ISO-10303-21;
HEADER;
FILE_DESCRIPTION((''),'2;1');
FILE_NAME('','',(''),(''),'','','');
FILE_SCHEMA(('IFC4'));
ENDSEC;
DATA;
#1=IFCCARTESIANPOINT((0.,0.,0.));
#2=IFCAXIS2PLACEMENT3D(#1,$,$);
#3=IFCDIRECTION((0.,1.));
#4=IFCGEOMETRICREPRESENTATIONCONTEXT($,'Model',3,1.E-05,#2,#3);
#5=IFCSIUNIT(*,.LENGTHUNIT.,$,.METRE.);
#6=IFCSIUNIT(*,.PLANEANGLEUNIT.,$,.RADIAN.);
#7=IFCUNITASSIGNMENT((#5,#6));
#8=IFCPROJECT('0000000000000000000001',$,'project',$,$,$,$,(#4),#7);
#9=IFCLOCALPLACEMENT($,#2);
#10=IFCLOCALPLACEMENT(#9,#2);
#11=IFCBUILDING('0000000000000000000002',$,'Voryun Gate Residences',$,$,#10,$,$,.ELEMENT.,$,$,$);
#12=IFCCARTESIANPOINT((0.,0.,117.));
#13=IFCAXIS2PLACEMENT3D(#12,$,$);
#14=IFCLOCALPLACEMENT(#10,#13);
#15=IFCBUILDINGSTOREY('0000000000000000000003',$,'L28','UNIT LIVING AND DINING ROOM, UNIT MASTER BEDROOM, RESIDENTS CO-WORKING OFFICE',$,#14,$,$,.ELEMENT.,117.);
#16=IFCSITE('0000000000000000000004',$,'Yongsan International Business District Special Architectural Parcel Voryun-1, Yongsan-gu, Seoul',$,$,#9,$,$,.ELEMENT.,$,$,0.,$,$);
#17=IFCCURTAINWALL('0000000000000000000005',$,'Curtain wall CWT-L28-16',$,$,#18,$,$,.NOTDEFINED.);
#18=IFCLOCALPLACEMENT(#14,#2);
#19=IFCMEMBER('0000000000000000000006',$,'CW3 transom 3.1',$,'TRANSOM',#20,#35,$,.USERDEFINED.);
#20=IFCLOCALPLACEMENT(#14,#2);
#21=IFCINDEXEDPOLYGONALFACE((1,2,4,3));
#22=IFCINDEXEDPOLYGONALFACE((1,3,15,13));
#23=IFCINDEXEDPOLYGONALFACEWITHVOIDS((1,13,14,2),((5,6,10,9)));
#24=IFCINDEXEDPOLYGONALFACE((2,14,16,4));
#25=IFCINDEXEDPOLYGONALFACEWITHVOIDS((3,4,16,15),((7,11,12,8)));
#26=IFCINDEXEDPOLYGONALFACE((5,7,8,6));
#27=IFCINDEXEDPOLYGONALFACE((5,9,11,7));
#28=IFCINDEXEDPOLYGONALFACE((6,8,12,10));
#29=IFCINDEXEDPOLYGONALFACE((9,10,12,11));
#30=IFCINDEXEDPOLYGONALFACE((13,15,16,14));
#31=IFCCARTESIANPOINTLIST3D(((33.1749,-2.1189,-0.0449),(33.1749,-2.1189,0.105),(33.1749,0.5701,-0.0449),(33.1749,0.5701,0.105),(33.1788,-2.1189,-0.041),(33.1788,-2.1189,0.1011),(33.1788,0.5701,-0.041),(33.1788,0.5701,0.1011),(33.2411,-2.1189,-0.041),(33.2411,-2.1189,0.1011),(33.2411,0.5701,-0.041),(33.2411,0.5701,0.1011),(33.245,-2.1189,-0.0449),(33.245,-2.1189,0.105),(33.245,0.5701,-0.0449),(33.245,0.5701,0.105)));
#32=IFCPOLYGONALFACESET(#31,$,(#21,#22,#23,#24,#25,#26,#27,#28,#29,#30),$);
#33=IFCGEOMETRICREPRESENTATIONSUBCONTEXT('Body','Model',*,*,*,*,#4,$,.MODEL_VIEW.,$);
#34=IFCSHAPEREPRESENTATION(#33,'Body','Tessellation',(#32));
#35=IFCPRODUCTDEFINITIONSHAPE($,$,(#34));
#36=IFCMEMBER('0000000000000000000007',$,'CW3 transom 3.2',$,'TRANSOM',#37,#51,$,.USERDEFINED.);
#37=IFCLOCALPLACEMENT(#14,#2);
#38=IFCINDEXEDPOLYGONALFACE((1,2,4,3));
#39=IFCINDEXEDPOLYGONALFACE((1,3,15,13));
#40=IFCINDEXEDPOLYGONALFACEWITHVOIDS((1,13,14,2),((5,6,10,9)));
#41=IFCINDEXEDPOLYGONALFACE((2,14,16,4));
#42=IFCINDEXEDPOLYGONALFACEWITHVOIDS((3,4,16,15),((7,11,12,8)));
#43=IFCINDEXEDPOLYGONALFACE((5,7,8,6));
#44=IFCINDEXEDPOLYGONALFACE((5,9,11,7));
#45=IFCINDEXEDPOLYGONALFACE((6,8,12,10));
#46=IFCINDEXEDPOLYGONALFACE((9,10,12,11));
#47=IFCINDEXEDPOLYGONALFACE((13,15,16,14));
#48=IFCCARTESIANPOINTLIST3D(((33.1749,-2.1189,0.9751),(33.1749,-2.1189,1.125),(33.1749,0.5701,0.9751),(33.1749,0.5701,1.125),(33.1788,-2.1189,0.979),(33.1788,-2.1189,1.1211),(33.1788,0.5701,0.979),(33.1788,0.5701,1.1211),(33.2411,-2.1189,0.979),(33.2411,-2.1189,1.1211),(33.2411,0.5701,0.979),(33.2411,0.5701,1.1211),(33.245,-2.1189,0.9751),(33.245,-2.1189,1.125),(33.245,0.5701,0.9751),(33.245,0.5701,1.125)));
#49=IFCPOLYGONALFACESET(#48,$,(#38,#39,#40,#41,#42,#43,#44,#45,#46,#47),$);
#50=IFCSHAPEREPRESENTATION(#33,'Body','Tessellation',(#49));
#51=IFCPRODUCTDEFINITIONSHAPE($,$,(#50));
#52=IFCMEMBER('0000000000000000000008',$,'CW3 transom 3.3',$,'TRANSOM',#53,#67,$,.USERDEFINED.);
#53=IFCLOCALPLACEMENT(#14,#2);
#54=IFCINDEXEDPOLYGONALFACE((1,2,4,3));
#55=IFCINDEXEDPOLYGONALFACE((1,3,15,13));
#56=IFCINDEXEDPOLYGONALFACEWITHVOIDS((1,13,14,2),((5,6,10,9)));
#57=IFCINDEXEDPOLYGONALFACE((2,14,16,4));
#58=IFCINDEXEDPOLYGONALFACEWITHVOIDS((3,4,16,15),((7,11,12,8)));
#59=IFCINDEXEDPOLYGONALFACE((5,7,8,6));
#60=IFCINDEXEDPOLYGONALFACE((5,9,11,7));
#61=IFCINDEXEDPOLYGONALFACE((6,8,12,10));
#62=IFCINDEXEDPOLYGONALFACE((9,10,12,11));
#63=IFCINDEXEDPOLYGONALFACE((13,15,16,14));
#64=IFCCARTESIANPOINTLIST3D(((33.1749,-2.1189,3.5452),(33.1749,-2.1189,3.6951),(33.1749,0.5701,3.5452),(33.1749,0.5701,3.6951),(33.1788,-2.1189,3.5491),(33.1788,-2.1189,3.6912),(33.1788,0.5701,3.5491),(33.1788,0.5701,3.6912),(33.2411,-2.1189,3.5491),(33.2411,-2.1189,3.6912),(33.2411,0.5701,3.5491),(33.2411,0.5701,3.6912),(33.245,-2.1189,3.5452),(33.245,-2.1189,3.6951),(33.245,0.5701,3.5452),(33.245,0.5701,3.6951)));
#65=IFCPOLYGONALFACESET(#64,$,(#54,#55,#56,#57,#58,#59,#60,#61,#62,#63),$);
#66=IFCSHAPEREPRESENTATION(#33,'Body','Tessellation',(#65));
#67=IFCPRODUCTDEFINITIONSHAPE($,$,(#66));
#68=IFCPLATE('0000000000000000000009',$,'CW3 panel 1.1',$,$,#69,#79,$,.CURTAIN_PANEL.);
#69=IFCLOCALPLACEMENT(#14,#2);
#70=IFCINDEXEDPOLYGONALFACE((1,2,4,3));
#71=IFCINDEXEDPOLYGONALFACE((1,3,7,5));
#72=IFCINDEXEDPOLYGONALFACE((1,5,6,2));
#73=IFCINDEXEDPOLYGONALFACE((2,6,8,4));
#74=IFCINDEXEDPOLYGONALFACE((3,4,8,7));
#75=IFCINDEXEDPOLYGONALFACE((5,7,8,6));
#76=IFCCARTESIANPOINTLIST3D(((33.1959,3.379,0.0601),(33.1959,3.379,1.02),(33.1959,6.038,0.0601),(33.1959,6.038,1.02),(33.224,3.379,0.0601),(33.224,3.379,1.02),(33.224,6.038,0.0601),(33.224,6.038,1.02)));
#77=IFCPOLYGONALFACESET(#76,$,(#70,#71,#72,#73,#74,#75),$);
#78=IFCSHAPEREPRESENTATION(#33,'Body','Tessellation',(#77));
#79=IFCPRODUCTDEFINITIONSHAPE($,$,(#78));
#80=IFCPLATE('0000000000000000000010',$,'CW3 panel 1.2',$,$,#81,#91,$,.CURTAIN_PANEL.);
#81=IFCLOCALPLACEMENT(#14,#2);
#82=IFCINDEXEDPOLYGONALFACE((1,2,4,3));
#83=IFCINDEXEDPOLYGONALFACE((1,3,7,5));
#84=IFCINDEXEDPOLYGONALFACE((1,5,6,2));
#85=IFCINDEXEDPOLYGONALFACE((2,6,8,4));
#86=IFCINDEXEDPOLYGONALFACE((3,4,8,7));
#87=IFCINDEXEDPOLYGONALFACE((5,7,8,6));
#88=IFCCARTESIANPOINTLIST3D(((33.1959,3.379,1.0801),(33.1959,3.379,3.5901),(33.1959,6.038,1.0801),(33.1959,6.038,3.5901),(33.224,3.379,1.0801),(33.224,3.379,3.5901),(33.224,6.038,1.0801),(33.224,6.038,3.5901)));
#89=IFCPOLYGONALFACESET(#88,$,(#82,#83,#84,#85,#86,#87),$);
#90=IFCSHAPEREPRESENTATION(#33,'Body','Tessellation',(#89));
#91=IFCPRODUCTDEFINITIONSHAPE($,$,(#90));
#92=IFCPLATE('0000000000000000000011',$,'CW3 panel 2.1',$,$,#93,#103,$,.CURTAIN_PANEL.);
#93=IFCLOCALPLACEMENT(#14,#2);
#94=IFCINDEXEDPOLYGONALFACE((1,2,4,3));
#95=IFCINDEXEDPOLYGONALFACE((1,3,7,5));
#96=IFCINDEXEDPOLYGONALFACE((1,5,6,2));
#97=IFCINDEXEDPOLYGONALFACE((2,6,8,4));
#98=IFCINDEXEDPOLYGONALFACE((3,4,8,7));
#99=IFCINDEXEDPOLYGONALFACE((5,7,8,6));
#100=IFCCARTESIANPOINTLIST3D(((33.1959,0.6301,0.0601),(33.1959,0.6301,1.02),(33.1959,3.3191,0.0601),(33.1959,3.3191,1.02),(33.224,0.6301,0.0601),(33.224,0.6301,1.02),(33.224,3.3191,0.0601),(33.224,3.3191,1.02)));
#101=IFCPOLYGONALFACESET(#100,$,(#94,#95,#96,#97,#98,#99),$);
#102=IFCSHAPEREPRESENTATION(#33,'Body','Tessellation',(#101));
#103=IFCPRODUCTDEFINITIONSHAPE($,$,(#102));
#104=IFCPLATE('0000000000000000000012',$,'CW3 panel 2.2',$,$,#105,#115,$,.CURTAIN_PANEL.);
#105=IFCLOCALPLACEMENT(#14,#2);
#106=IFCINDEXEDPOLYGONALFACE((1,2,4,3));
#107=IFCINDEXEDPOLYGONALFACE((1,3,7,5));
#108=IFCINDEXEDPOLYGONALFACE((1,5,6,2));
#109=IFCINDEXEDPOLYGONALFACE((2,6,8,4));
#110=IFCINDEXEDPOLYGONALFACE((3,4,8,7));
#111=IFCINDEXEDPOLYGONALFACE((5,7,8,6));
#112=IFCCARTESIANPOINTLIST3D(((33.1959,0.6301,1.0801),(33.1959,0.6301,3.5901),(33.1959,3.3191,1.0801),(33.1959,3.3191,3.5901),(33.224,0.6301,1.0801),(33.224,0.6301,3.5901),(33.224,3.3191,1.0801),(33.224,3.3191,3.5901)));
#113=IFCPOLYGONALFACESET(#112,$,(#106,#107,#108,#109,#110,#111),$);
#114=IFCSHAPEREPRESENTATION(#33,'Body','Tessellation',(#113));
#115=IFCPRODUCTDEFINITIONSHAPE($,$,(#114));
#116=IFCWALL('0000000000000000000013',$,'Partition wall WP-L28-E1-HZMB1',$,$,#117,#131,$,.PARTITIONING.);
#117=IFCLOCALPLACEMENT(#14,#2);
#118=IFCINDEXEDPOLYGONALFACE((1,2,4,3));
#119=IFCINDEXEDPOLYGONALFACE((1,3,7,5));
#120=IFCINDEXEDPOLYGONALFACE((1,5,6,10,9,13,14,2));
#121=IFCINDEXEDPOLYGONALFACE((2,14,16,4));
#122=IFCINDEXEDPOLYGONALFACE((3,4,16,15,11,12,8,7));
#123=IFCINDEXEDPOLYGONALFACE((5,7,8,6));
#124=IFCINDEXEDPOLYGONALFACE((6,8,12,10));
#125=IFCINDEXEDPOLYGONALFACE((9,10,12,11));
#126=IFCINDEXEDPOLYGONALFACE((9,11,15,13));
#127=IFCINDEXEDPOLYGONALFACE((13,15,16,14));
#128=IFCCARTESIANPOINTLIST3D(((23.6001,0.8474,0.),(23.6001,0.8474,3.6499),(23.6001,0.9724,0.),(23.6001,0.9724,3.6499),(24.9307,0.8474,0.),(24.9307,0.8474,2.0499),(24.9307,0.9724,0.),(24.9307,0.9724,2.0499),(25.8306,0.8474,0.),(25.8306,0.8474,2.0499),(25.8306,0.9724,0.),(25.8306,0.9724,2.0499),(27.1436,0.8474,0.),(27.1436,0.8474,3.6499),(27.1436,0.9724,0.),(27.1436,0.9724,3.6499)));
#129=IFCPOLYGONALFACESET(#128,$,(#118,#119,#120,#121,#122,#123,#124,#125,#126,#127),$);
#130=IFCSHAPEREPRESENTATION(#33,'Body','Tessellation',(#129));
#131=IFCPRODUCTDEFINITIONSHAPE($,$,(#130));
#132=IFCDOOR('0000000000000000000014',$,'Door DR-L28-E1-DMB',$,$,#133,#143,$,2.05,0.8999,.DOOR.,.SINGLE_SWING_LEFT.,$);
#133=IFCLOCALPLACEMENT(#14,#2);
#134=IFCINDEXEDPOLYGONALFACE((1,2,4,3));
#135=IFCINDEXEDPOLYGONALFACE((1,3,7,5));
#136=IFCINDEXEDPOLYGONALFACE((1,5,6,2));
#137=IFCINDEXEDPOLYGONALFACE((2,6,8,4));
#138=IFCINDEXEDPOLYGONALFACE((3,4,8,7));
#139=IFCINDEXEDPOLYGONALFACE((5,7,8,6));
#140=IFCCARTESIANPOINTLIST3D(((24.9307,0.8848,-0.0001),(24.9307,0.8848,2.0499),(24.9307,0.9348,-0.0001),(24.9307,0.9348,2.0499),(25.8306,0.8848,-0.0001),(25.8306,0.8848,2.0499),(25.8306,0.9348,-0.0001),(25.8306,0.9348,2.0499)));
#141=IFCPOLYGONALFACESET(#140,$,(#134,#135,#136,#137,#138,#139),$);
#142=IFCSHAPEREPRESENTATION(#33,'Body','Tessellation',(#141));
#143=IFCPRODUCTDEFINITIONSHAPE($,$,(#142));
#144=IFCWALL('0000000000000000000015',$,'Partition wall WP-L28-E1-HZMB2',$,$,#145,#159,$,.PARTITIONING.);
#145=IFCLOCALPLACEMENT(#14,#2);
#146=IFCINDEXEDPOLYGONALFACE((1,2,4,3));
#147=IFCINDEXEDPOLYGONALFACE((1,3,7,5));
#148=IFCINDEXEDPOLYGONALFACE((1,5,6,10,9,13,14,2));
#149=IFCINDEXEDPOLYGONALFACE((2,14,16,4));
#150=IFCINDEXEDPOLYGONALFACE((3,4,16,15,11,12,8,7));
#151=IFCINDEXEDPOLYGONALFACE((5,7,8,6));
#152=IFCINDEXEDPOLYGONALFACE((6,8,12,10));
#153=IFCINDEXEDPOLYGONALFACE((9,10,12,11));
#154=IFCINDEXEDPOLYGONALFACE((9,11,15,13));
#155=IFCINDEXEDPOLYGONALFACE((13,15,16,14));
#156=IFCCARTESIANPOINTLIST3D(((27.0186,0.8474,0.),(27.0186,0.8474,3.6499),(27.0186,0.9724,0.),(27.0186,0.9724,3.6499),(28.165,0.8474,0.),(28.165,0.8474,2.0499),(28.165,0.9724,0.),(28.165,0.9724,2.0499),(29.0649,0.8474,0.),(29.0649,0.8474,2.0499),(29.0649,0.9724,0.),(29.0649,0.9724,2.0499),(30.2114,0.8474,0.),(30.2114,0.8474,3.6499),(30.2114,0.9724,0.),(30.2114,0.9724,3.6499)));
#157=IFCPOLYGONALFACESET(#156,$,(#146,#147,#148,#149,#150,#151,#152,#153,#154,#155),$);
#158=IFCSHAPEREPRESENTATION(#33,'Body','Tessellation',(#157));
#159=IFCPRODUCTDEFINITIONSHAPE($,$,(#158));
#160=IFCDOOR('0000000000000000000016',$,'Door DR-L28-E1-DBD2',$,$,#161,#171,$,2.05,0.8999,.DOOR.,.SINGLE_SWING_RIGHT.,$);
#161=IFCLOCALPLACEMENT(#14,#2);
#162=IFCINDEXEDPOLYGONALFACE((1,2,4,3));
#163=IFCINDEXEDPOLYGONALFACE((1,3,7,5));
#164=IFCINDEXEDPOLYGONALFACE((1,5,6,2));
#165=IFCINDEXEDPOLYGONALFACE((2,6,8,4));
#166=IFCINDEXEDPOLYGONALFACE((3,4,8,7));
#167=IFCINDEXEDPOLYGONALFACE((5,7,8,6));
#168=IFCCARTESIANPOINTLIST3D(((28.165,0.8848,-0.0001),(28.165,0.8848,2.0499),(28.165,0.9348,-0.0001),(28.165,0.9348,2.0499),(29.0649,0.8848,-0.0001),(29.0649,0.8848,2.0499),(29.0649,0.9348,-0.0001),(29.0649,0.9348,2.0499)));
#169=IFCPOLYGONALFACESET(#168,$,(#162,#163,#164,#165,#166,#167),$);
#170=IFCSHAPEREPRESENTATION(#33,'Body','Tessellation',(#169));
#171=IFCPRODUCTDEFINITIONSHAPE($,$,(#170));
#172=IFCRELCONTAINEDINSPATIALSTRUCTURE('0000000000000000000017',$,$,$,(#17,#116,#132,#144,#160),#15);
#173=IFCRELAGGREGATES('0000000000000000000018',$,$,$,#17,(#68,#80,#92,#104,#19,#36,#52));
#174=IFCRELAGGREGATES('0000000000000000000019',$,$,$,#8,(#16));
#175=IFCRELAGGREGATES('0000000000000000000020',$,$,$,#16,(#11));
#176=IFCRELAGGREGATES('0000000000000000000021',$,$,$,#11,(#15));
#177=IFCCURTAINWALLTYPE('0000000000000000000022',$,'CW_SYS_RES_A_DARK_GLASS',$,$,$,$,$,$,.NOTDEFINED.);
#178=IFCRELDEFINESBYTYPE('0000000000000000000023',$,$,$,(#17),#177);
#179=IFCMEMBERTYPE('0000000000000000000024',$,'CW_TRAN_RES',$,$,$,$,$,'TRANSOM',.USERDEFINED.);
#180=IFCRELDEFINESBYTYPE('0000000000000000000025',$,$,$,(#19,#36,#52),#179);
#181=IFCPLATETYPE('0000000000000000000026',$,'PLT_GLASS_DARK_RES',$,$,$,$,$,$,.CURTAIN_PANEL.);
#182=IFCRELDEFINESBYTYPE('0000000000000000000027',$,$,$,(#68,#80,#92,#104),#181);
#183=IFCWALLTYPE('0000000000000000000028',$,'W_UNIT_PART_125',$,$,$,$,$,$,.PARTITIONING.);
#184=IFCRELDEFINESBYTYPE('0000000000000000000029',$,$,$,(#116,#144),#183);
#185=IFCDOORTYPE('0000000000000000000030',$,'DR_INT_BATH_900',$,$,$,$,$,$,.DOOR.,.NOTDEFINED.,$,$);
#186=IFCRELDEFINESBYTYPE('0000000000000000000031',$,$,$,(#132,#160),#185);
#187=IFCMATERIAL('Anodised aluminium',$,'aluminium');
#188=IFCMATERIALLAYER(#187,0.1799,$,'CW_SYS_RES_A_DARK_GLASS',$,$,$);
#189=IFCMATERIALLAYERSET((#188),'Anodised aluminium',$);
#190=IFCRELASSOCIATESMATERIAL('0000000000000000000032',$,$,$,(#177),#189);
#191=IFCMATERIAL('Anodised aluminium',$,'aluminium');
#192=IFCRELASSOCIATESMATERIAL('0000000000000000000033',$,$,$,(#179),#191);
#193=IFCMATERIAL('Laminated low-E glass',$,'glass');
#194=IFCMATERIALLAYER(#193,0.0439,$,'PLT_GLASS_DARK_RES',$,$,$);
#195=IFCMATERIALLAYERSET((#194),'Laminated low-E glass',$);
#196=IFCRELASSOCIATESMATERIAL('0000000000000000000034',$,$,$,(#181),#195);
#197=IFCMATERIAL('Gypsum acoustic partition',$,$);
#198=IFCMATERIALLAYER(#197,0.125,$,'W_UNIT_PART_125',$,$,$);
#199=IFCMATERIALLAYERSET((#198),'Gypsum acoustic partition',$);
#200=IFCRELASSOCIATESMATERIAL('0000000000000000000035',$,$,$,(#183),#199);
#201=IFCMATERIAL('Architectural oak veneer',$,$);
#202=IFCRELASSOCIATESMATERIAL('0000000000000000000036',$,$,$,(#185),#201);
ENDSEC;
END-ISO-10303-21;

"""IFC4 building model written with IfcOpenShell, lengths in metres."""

from ifc_helpers import new_model, si_unit, direction, frame, frame_2d, origin, origin_2d, place, context, subcontext, project, spatial, rectangle, hollow_rectangle, extrude, material, layer, layer_set, material_profile, profile_set, type_object, element, fill, aggregate, save


model = new_model("IFC4")

# Units and contexts
model_context = context("Model", 3, precision=1e-05, world=origin(), true_north=direction((0.0, 1.0)))
body_context = subcontext(model_context, "Body", "Model", "MODEL_VIEW")
ifc_project = project(units=[si_unit("LENGTHUNIT", "METRE"), si_unit("PLANEANGLEUNIT", "RADIAN")], contexts=[model_context])

# Site, building, storey
site_placement = place(None, origin())
site = spatial("IfcSite", under=ifc_project, at=site_placement, Name="Yongsan International Business District Special Architectural Parcel Voryun-1, Yongsan-gu, Seoul", CompositionType="ELEMENT", RefElevation=0.0)
building_placement = place(site_placement, origin())
building = spatial("IfcBuilding", under=site, at=building_placement, Name="Voryun Gate Residences", CompositionType="ELEMENT")
storey_placement = place(building_placement, frame((0.0, 0.0, 117.0)))
storey = spatial("IfcBuildingStorey", under=building, at=storey_placement, Name="L28", Description="UNIT LIVING AND DINING ROOM, UNIT MASTER BEDROOM, RESIDENTS CO-WORKING OFFICE", CompositionType="ELEMENT", Elevation=117.0)

# Curtain wall, members, plates
ifc_material_1 = material(Name="Anodised aluminium", Category="aluminium")
ifc_layer_1 = layer(ifc_material_1, 0.1799, Name="CW_SYS_RES_A_DARK_GLASS")
ifc_layer_set_1 = layer_set([ifc_layer_1], Name="Anodised aluminium")
curtain_wall_type = type_object("IfcCurtainWallType", Name="CW_SYS_RES_A_DARK_GLASS", PredefinedType="NOTDEFINED", material=ifc_layer_set_1)
curtain_wall_placement = place(storey_placement, origin())
curtain_wall = element("IfcCurtainWall", 1, at=curtain_wall_placement, inside=storey, type_object=curtain_wall_type, Name="Curtain wall CWT-L28-16", PredefinedType="NOTDEFINED")
ifc_material_2 = material(Name="Anodised aluminium", Category="aluminium")
ifc_material_profile_1 = material_profile(ifc_material_2, hollow_rectangle(XDim=0.0701, YDim=0.1499, WallThickness=0.0039, at=origin_2d()), Name="ALU-TRAN-150x70x4")
ifc_profile_set_1 = profile_set([ifc_material_profile_1], Name="Anodised aluminium")
member_type_1 = type_object("IfcMemberType", Name="CW_TRAN_RES", ElementType="TRANSOM", PredefinedType="USERDEFINED", material=ifc_profile_set_1)
member_1_placement = place(storey_placement, frame((33.21, 0.5701, 0.03), z_axis=(0.0, -1.0, 0.0), x_axis=(1.0, 0.0, 0.0)))
member_1 = element("IfcMember", 2, at=member_1_placement, type_object=member_type_1, Name="CW3 transom 3.1", ObjectType="TRANSOM", PredefinedType="USERDEFINED", context=body_context, shape_type="SweptSolid", body=[
    extrude(hollow_rectangle(XDim=0.0701, YDim=0.1499, WallThickness=0.0039, at=origin_2d()), origin(), (0.0, 0.0, 1.0), 2.689),
])
member_2_placement = place(storey_placement, frame((33.21, 0.5701, 1.05), z_axis=(0.0, -1.0, 0.0), x_axis=(1.0, 0.0, 0.0)))
member_2 = element("IfcMember", 3, at=member_2_placement, type_object=member_type_1, Name="CW3 transom 3.2", ObjectType="TRANSOM", PredefinedType="USERDEFINED", context=body_context, shape_type="SweptSolid", body=[
    extrude(hollow_rectangle(XDim=0.0701, YDim=0.1499, WallThickness=0.0039, at=origin_2d()), origin(), (0.0, 0.0, 1.0), 2.689),
])
member_3_placement = place(storey_placement, frame((33.21, 0.5701, 3.6201), z_axis=(0.0, -1.0, 0.0), x_axis=(1.0, 0.0, 0.0)))
member_3 = element("IfcMember", 4, at=member_3_placement, type_object=member_type_1, Name="CW3 transom 3.3", ObjectType="TRANSOM", PredefinedType="USERDEFINED", context=body_context, shape_type="SweptSolid", body=[
    extrude(hollow_rectangle(XDim=0.0701, YDim=0.1499, WallThickness=0.0039, at=origin_2d()), origin(), (0.0, 0.0, 1.0), 2.689),
])
ifc_material_3 = material(Name="Laminated low-E glass", Category="glass")
ifc_layer_2 = layer(ifc_material_3, 0.0439, Name="PLT_GLASS_DARK_RES")
ifc_layer_set_2 = layer_set([ifc_layer_2], Name="Laminated low-E glass")
plate_type = type_object("IfcPlateType", Name="PLT_GLASS_DARK_RES", PredefinedType="CURTAIN_PANEL", material=ifc_layer_set_2)
plate_1_placement = place(storey_placement, frame((33.21, 4.7085, 0.0601), z_axis=(0.0, 0.0, 1.0), x_axis=(0.0, -1.0, 0.0)))
plate_1 = element("IfcPlate", 5, at=plate_1_placement, type_object=plate_type, Name="CW3 panel 1.1", PredefinedType="CURTAIN_PANEL", context=body_context, shape_type="SweptSolid", body=[
    extrude(rectangle(XDim=2.6589, YDim=0.0281, at=origin_2d()), origin(), (0.0, 0.0, 1.0), 0.96),
])
plate_2_placement = place(storey_placement, frame((33.21, 4.7085, 1.0801), z_axis=(0.0, 0.0, 1.0), x_axis=(0.0, -1.0, 0.0)))
plate_2 = element("IfcPlate", 6, at=plate_2_placement, type_object=plate_type, Name="CW3 panel 1.2", PredefinedType="CURTAIN_PANEL", context=body_context, shape_type="SweptSolid", body=[
    extrude(rectangle(XDim=2.6589, YDim=0.0281, at=origin_2d()), origin(), (0.0, 0.0, 1.0), 2.51),
])
plate_3_placement = place(storey_placement, frame((33.21, 1.9746, 0.0601), z_axis=(0.0, 0.0, 1.0), x_axis=(0.0, -1.0, 0.0)))
plate_3 = element("IfcPlate", 7, at=plate_3_placement, type_object=plate_type, Name="CW3 panel 2.1", PredefinedType="CURTAIN_PANEL", context=body_context, shape_type="SweptSolid", body=[
    extrude(rectangle(XDim=2.689, YDim=0.0281, at=origin_2d()), origin(), (0.0, 0.0, 1.0), 0.96),
])
plate_4_placement = place(storey_placement, frame((33.21, 1.9746, 1.0801), z_axis=(0.0, 0.0, 1.0), x_axis=(0.0, -1.0, 0.0)))
plate_4 = element("IfcPlate", 8, at=plate_4_placement, type_object=plate_type, Name="CW3 panel 2.2", PredefinedType="CURTAIN_PANEL", context=body_context, shape_type="SweptSolid", body=[
    extrude(rectangle(XDim=2.689, YDim=0.0281, at=origin_2d()), origin(), (0.0, 0.0, 1.0), 2.51),
])
aggregate(curtain_wall, [plate_1, plate_2, plate_3, plate_4, member_1, member_2, member_3])

# Walls, openings, doors
ifc_material_4 = material(Name="Gypsum acoustic partition")
ifc_layer_3 = layer(ifc_material_4, 0.125, Name="W_UNIT_PART_125")
ifc_layer_set_3 = layer_set([ifc_layer_3], Name="Gypsum acoustic partition")
wall_type_1 = type_object("IfcWallType", Name="W_UNIT_PART_125", PredefinedType="PARTITIONING", material=ifc_layer_set_3)
wall_1_placement = place(storey_placement, frame((23.6001, 0.9099, 0.0), z_axis=(0.0, 0.0, 1.0), x_axis=(1.0, 0.0, 0.0)))
wall_1 = element("IfcWall", 9, at=wall_1_placement, inside=storey, type_object=wall_type_1, Name="Partition wall WP-L28-E1-HZMB1", PredefinedType="PARTITIONING", context=body_context, shape_type="SweptSolid", body=[
    extrude(rectangle(XDim=3.5435, YDim=0.125, at=frame_2d((1.7717, 0.0))), origin(), (0.0, 0.0, 1.0), 3.6499),
])
opening_1_placement = place(wall_1_placement, frame((1.3306, 0.0, 0.0)))
opening_1 = element("IfcOpeningElement", 10, at=opening_1_placement, cuts=wall_1, PredefinedType="OPENING", context=body_context, shape_type="SweptSolid", body=[
    extrude(rectangle(XDim=0.8999, YDim=2.05, at=frame_2d((0.45, 1.0249))), frame((0.0, 0.0725, 0.0), z_axis=(0.0, -1.0, 0.0), x_axis=(1.0, 0.0, 0.0)), (0.0, 0.0, 1.0), 0.145),
])
ifc_material_5 = material(Name="Architectural oak veneer")
door_type = type_object("IfcDoorType", Name="DR_INT_BATH_900", OperationType="NOTDEFINED", PredefinedType="DOOR", material=ifc_material_5)
door_1_placement = place(opening_1_placement, origin())
door_1 = element("IfcDoor", 11, at=door_1_placement, inside=storey, type_object=door_type, Name="Door DR-L28-E1-DMB", OperationType="SINGLE_SWING_LEFT", OverallHeight=2.05, OverallWidth=0.8999, PredefinedType="DOOR", context=body_context, shape_type="SweptSolid", body=[
    extrude(rectangle(XDim=0.8999, YDim=2.05, at=frame_2d((0.45, 1.0249))), frame((0.0, 0.0249, 0.0), z_axis=(0.0, -1.0, 0.0), x_axis=(1.0, 0.0, 0.0)), (0.0, 0.0, 1.0), 0.05),
])
fill(opening_1, door_1)
wall_2_placement = place(storey_placement, frame((27.0186, 0.9099, 0.0), z_axis=(0.0, 0.0, 1.0), x_axis=(1.0, 0.0, 0.0)))
wall_2 = element("IfcWall", 12, at=wall_2_placement, inside=storey, type_object=wall_type_1, Name="Partition wall WP-L28-E1-HZMB2", PredefinedType="PARTITIONING", context=body_context, shape_type="SweptSolid", body=[
    extrude(rectangle(XDim=3.1929, YDim=0.125, at=frame_2d((1.5964, 0.0))), origin(), (0.0, 0.0, 1.0), 3.6499),
])
opening_2_placement = place(wall_2_placement, frame((1.1465, 0.0, 0.0)))
opening_2 = element("IfcOpeningElement", 13, at=opening_2_placement, cuts=wall_2, PredefinedType="OPENING", context=body_context, shape_type="SweptSolid", body=[
    extrude(rectangle(XDim=0.8999, YDim=2.05, at=frame_2d((0.45, 1.0249))), frame((0.0, 0.0725, 0.0), z_axis=(0.0, -1.0, 0.0), x_axis=(1.0, 0.0, 0.0)), (0.0, 0.0, 1.0), 0.145),
])
door_2_placement = place(opening_2_placement, origin())
door_2 = element("IfcDoor", 14, at=door_2_placement, inside=storey, type_object=door_type, Name="Door DR-L28-E1-DBD2", OperationType="SINGLE_SWING_RIGHT", OverallHeight=2.05, OverallWidth=0.8999, PredefinedType="DOOR", context=body_context, shape_type="SweptSolid", body=[
    extrude(rectangle(XDim=0.8999, YDim=2.05, at=frame_2d((0.45, 1.0249))), frame((0.0, 0.0249, 0.0), z_axis=(0.0, -1.0, 0.0), x_axis=(1.0, 0.0, 0.0)), (0.0, 0.0, 1.0), 0.05),
])
fill(opening_2, door_2)

save(model, "model.ifc")
